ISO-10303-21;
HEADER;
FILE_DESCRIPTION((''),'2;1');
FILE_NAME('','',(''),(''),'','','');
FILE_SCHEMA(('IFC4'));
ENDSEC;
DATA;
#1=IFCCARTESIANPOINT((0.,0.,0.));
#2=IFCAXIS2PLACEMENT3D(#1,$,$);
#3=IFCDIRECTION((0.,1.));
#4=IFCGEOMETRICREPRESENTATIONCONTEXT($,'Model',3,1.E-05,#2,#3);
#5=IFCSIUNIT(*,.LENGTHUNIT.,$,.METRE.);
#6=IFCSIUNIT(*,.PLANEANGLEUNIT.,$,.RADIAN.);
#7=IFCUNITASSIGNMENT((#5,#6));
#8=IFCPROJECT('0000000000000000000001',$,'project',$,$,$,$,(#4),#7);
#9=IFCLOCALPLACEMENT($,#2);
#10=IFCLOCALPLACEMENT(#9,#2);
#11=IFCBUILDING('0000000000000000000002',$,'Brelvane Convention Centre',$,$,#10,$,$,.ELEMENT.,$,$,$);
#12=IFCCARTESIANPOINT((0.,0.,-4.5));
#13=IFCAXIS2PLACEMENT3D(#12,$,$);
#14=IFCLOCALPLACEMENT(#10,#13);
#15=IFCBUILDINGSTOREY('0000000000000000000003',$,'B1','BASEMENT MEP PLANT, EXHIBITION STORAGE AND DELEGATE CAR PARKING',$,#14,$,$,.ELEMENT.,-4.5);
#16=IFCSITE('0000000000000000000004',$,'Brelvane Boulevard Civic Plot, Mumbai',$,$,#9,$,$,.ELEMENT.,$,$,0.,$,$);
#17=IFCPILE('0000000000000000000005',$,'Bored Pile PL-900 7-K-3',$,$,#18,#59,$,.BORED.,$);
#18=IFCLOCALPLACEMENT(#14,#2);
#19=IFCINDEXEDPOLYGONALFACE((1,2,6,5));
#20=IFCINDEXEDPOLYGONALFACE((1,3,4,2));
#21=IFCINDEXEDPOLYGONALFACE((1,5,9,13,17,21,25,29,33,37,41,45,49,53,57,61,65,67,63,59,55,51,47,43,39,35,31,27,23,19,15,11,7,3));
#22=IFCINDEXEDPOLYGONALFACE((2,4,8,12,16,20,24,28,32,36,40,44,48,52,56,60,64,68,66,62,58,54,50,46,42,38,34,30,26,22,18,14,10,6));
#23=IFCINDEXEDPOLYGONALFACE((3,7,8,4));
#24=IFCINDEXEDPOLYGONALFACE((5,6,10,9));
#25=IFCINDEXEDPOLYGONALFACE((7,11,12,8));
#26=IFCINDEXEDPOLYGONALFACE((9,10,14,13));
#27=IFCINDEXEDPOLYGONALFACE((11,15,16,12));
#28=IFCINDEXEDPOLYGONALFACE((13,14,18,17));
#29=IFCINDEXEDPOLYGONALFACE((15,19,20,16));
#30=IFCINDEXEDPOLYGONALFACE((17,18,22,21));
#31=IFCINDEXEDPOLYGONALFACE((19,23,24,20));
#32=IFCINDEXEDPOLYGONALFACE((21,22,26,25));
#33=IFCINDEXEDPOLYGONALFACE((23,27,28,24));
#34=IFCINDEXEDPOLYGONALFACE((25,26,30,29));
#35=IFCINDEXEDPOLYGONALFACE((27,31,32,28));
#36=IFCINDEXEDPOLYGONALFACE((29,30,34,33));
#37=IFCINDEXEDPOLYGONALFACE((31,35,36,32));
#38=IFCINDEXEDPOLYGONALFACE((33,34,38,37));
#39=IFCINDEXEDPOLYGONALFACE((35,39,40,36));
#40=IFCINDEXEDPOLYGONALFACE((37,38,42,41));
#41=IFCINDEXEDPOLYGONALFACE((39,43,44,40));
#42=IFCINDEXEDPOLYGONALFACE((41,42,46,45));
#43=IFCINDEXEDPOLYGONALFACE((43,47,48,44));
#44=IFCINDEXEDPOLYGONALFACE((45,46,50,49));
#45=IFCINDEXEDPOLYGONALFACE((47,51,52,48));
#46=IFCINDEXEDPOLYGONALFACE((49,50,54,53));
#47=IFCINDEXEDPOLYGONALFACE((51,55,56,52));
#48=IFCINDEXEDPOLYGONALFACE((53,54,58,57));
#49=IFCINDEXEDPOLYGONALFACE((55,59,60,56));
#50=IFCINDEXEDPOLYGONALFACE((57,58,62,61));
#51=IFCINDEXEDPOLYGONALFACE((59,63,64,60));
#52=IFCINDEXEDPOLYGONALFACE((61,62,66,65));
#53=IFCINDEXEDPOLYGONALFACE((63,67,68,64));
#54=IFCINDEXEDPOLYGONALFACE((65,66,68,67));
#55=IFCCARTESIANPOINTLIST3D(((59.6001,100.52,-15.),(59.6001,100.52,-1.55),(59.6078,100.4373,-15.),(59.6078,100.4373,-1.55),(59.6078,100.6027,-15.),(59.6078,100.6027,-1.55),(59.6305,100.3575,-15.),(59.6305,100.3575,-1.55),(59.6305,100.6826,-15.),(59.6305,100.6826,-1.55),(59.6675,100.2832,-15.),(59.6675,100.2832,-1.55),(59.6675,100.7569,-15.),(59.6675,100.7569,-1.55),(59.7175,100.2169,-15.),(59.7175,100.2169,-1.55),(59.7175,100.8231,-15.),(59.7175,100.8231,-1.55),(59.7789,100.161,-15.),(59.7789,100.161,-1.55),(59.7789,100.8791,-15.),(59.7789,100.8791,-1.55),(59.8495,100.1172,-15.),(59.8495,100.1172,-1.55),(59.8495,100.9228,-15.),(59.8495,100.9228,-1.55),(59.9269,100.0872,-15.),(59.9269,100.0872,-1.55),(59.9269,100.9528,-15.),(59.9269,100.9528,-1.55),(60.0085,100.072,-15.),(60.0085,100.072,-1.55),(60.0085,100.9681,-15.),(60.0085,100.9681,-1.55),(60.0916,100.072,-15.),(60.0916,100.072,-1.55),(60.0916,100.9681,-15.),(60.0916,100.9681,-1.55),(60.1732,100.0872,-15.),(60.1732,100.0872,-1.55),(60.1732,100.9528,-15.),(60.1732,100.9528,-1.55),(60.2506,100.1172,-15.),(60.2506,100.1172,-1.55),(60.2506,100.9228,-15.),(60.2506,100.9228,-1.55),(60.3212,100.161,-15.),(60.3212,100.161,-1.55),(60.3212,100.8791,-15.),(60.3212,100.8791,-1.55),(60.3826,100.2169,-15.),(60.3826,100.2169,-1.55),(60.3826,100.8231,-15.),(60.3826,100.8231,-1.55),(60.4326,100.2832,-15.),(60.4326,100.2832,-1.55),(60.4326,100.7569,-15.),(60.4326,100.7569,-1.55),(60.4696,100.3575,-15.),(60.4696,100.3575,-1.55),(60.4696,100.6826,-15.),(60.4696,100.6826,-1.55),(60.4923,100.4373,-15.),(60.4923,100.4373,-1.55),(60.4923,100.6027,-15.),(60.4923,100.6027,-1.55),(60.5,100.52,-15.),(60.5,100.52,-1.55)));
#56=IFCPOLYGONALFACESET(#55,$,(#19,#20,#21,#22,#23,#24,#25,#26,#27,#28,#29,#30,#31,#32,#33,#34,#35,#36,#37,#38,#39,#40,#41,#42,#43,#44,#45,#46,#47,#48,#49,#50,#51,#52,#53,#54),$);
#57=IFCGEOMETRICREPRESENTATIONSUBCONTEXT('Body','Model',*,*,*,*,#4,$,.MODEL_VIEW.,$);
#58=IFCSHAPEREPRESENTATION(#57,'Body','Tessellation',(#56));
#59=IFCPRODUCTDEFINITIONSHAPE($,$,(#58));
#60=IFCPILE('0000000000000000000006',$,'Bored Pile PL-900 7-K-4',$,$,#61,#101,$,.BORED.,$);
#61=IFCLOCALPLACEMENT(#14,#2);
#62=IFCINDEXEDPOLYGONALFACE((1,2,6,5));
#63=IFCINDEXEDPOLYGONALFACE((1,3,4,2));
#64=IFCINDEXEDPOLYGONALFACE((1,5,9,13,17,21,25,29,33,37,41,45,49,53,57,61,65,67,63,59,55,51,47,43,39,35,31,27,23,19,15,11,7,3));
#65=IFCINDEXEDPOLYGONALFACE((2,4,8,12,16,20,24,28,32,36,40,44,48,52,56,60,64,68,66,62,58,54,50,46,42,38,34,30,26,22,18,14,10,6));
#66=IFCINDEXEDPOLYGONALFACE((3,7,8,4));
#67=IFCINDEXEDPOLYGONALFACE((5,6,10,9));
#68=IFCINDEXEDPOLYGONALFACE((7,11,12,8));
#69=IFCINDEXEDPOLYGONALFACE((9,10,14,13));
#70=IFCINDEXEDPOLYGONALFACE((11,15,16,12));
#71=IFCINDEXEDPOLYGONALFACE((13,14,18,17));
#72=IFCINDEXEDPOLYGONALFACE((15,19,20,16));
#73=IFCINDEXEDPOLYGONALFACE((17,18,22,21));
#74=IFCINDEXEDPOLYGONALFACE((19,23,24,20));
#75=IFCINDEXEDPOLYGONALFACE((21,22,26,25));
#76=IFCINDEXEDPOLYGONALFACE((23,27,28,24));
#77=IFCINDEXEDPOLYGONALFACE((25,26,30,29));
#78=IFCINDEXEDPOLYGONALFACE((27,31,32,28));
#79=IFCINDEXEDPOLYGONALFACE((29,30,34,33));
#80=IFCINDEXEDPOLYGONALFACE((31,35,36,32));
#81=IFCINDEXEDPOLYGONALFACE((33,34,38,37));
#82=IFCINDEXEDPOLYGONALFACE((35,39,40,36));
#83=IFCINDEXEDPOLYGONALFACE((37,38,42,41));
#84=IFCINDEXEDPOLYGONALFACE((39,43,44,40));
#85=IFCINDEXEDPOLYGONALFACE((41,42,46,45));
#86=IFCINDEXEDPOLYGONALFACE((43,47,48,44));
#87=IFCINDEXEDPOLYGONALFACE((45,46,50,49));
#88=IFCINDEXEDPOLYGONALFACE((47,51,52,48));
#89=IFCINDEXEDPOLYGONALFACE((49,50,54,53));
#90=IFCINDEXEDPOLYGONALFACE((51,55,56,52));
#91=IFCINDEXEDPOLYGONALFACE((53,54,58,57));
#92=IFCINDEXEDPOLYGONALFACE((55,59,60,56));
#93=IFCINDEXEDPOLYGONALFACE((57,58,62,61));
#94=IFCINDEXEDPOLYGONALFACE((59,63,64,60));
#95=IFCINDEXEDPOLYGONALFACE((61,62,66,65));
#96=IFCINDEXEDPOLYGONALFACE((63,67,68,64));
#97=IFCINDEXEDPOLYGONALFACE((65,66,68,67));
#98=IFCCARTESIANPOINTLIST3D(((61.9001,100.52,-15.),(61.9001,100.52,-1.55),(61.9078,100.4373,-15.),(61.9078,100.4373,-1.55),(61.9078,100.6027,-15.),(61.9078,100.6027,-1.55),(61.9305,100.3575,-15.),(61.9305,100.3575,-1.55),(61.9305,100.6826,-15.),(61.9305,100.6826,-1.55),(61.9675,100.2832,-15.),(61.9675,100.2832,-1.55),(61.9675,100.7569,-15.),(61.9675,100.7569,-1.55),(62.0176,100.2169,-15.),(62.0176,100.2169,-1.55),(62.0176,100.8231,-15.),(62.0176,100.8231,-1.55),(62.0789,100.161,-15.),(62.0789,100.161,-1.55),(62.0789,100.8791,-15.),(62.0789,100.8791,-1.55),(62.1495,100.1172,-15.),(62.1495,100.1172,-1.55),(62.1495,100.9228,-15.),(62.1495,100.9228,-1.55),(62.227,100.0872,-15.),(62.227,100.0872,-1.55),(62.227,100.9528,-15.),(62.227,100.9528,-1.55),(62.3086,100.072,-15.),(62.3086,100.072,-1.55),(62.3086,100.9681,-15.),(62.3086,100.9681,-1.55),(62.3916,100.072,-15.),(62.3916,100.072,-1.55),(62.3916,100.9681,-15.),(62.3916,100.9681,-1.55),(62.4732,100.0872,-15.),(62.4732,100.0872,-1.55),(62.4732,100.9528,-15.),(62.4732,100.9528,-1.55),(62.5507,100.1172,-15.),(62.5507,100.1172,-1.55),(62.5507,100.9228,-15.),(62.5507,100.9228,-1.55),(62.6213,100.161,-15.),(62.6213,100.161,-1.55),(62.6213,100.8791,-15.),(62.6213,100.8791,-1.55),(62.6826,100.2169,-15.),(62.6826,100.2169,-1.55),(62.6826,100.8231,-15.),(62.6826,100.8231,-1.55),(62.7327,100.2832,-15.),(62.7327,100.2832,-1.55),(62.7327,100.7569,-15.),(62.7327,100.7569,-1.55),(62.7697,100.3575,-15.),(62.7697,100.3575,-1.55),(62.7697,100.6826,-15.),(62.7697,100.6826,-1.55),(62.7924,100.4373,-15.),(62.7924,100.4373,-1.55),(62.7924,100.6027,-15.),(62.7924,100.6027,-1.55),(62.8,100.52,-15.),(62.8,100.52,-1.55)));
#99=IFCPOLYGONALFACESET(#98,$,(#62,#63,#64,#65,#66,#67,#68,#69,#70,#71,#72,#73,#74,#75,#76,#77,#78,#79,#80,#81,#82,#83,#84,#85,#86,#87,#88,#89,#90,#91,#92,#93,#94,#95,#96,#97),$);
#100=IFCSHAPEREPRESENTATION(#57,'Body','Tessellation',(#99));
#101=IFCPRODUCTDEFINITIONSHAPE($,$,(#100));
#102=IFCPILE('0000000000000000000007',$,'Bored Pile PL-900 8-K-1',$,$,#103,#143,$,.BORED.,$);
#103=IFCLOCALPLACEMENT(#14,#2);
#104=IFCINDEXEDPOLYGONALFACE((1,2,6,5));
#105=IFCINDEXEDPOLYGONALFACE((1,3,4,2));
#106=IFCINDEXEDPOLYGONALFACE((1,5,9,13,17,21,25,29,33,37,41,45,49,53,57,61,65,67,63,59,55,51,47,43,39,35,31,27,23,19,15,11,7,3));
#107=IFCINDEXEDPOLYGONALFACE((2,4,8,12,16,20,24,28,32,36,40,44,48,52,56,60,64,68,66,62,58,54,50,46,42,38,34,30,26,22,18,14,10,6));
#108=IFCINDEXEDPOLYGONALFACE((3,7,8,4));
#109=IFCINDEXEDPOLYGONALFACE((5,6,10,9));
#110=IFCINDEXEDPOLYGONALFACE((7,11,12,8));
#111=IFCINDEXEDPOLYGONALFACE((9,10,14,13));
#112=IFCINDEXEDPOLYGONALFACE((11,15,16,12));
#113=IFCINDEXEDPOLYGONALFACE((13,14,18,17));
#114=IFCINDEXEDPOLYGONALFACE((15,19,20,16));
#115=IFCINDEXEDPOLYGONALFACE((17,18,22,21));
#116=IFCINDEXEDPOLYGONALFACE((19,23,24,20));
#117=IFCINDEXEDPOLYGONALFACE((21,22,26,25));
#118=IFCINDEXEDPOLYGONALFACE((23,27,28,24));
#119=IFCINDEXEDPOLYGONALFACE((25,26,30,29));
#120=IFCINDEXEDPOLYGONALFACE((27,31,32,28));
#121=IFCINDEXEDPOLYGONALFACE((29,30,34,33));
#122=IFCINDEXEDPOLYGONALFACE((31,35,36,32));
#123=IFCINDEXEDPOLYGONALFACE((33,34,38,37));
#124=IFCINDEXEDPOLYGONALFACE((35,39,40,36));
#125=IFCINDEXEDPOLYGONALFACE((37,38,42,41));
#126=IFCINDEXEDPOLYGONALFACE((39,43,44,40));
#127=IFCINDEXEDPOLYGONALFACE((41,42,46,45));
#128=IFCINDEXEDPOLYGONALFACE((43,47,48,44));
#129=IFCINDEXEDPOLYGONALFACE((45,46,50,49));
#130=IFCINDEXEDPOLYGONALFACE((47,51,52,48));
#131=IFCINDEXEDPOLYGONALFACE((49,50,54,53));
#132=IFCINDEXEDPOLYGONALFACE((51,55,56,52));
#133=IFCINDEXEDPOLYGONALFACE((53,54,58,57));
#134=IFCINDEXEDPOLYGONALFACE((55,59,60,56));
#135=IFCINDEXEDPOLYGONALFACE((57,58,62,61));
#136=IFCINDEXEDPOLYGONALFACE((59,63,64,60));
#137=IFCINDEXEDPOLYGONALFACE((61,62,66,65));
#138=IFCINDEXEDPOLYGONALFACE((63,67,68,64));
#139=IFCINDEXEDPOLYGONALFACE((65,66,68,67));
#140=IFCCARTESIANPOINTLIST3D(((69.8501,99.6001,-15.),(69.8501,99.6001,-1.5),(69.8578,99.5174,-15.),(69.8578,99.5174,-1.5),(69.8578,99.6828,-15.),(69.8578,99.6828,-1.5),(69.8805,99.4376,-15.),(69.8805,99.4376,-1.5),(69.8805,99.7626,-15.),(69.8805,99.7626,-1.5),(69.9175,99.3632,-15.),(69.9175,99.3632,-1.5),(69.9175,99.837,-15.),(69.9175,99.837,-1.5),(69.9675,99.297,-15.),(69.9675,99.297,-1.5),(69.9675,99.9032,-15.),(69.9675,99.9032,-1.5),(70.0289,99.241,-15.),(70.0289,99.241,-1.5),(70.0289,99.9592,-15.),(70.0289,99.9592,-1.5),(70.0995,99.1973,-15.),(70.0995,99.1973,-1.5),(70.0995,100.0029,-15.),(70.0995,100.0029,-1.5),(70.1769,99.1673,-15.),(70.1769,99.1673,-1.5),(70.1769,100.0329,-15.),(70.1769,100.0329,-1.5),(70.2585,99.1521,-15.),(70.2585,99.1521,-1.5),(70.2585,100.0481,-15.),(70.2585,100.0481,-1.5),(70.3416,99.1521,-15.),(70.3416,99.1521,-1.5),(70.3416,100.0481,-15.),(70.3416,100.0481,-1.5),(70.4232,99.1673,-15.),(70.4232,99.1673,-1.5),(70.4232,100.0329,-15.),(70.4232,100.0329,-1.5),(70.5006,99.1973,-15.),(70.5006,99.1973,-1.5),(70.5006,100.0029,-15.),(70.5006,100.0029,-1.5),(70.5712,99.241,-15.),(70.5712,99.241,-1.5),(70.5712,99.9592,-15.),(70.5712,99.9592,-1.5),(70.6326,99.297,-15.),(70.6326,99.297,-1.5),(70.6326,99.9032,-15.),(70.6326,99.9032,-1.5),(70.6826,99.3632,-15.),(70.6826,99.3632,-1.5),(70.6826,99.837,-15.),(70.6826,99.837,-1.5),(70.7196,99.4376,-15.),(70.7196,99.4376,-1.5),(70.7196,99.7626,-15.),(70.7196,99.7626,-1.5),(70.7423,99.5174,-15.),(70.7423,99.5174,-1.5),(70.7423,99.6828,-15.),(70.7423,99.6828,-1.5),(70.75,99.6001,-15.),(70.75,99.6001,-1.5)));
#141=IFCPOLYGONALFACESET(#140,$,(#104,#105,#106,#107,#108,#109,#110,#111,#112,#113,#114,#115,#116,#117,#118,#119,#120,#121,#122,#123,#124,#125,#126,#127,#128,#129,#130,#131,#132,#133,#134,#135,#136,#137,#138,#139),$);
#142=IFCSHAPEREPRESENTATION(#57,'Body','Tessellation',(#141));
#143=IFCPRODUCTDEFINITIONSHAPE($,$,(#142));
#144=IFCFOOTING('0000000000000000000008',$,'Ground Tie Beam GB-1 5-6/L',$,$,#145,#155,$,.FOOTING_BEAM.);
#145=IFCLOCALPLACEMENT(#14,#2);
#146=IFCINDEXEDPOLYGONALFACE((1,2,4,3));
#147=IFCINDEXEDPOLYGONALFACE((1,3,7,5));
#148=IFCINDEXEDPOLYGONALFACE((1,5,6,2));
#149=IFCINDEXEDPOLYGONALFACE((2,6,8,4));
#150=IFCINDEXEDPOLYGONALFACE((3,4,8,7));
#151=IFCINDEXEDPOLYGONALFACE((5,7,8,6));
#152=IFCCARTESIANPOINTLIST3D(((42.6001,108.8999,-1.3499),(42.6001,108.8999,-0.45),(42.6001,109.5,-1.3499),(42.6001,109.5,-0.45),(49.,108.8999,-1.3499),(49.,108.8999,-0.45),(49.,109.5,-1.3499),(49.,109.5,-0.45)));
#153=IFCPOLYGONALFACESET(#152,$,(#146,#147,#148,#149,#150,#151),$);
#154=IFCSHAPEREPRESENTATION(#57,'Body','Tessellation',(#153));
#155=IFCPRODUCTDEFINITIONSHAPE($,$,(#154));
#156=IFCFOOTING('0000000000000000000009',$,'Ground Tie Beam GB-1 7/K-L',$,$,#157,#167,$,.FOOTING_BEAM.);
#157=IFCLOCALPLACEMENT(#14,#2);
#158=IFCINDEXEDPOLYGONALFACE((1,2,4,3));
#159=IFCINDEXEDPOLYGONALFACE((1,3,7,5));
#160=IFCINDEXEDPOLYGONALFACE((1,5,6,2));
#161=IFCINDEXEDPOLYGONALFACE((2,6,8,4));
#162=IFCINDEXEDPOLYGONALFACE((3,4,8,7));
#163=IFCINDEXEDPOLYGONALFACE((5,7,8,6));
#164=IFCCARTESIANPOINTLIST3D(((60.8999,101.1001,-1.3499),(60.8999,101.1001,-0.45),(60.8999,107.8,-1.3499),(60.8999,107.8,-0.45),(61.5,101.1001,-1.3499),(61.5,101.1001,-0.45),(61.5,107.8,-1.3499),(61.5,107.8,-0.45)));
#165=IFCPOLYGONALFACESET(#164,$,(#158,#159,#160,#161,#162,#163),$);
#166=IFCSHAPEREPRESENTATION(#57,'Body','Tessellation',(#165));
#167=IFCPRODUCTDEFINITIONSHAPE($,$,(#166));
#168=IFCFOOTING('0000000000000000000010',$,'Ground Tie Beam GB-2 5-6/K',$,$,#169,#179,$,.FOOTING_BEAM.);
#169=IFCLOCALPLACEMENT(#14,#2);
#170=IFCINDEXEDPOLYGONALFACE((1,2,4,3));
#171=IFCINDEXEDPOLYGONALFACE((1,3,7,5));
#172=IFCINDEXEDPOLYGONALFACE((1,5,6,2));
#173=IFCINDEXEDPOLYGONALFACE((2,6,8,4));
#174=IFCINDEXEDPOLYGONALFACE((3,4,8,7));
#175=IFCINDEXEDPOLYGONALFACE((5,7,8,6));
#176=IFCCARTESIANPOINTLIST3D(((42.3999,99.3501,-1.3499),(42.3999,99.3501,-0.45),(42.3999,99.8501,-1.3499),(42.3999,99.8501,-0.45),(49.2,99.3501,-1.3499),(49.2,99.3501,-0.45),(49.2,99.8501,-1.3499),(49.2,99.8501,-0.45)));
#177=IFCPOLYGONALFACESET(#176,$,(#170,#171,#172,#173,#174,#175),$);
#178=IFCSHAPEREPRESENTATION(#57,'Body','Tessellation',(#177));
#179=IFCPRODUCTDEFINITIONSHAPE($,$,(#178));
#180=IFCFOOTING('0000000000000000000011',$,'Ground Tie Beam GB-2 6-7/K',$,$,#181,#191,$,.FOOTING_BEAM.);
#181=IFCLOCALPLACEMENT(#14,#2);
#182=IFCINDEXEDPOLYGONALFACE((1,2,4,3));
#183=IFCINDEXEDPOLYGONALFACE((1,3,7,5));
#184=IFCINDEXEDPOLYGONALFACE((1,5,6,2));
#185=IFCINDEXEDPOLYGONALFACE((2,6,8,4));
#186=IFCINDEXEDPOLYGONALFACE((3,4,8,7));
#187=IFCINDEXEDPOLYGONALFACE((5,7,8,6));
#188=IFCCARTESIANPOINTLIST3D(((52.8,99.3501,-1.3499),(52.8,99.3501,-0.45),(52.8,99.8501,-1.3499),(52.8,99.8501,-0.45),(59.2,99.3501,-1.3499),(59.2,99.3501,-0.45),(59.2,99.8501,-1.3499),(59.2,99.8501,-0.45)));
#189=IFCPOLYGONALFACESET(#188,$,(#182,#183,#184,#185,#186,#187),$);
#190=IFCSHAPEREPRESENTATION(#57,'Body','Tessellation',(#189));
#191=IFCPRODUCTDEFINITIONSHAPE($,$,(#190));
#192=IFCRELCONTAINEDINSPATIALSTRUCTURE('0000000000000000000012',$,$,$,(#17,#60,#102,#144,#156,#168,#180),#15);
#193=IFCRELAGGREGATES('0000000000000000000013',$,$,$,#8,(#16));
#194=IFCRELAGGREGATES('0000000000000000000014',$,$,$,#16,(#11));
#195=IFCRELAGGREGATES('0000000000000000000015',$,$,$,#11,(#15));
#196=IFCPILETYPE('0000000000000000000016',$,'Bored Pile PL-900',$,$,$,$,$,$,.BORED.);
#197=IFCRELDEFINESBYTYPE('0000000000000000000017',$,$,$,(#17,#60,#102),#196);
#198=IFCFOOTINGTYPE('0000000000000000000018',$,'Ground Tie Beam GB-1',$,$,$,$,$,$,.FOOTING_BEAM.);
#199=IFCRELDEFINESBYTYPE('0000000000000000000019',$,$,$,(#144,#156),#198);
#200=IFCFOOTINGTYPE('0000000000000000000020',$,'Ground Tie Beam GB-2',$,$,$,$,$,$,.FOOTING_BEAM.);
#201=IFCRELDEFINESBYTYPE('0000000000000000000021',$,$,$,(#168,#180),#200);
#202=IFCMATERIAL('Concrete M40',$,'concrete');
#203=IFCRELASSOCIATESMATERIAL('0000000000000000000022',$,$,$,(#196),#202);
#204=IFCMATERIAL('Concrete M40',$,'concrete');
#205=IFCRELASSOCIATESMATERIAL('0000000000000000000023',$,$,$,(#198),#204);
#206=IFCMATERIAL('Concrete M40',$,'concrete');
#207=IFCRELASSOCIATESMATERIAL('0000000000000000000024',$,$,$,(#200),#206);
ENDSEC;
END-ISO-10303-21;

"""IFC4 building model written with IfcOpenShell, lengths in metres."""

from ifc_helpers import new_model, si_unit, direction, frame, origin, origin_2d, place, context, subcontext, project, spatial, rectangle, circle, extrude, material, material_profile, profile_set, type_object, element, save


model = new_model("IFC4")

# Units and contexts
model_context = context("Model", 3, precision=1e-05, world=origin(), true_north=direction((0.0, 1.0)))
body_context = subcontext(model_context, "Body", "Model", "MODEL_VIEW")
ifc_project = project(units=[si_unit("LENGTHUNIT", "METRE"), si_unit("PLANEANGLEUNIT", "RADIAN")], contexts=[model_context])

# Site, building, storey
site_placement = place(None, origin())
site = spatial("IfcSite", under=ifc_project, at=site_placement, Name="Brelvane Boulevard Civic Plot, Mumbai", CompositionType="ELEMENT", RefElevation=0.0)
building_placement = place(site_placement, origin())
building = spatial("IfcBuilding", under=site, at=building_placement, Name="Brelvane Convention Centre", CompositionType="ELEMENT")
storey_placement = place(building_placement, frame((0.0, 0.0, -4.5)))
storey = spatial("IfcBuildingStorey", under=building, at=storey_placement, Name="B1", Description="BASEMENT MEP PLANT, EXHIBITION STORAGE AND DELEGATE CAR PARKING", CompositionType="ELEMENT", Elevation=-4.5)

# Piles
ifc_material_1 = material(Name="Concrete M40", Category="concrete")
ifc_material_profile_1 = material_profile(ifc_material_1, circle(Radius=0.45, at=origin_2d()), Name="PILE D900")
ifc_profile_set_1 = profile_set([ifc_material_profile_1], Name="Concrete M40")
pile_type = type_object("IfcPileType", Name="Bored Pile PL-900", PredefinedType="BORED", material=ifc_profile_set_1)
for number, where, z_axis, x_axis, name in (
    (1, (60.05, 100.52, -1.55), (0.0, 0.0, -1.0), (1.0, 0.0, 0.0), "Bored Pile PL-900 7-K-3"),
    (2, (62.3501, 100.52, -1.55), (0.0, 0.0, -1.0), (1.0, 0.0, 0.0), "Bored Pile PL-900 7-K-4"),
):
    element("IfcPile", number, at=place(storey_placement, frame(where, z_axis=z_axis, x_axis=x_axis)), inside=storey, type_object=pile_type, Name=name, PredefinedType="BORED", context=body_context, shape_type="SweptSolid", body=[
        extrude(circle(Radius=0.45, at=origin_2d()), origin(), (0.0, 0.0, 1.0), 13.45),
    ])
pile_placement = place(storey_placement, frame((70.3, 99.6001, -1.5), z_axis=(0.0, 0.0, -1.0), x_axis=(1.0, 0.0, 0.0)))
element("IfcPile", 3, at=pile_placement, inside=storey, type_object=pile_type, Name="Bored Pile PL-900 8-K-1", PredefinedType="BORED", context=body_context, shape_type="SweptSolid", body=[
    extrude(circle(Radius=0.45, at=origin_2d()), origin(), (0.0, 0.0, 1.0), 13.5),
])

# Footings
ifc_material_2 = material(Name="Concrete M40", Category="concrete")
ifc_material_profile_2 = material_profile(ifc_material_2, rectangle(XDim=0.6001, YDim=0.8999, at=origin_2d()), Name="RC 600x900")
ifc_profile_set_2 = profile_set([ifc_material_profile_2], Name="Concrete M40")
footing_type_1 = type_object("IfcFootingType", Name="Ground Tie Beam GB-1", PredefinedType="FOOTING_BEAM", material=ifc_profile_set_2)
footing_1_placement = place(storey_placement, frame((42.6001, 109.2, -0.8999), z_axis=(1.0, 0.0, 0.0), x_axis=(0.0, 1.0, 0.0)))
element("IfcFooting", 4, at=footing_1_placement, inside=storey, type_object=footing_type_1, Name="Ground Tie Beam GB-1 5-6/L", PredefinedType="FOOTING_BEAM", context=body_context, shape_type="SweptSolid", body=[
    extrude(rectangle(XDim=0.6001, YDim=0.8999, at=origin_2d()), origin(), (0.0, 0.0, 1.0), 6.3999),
])
footing_2_placement = place(storey_placement, frame((61.2, 101.1001, -0.8999), z_axis=(0.0, 1.0, 0.0), x_axis=(-1.0, 0.0, 0.0)))
element("IfcFooting", 5, at=footing_2_placement, inside=storey, type_object=footing_type_1, Name="Ground Tie Beam GB-1 7/K-L", PredefinedType="FOOTING_BEAM", context=body_context, shape_type="SweptSolid", body=[
    extrude(rectangle(XDim=0.6001, YDim=0.8999, at=origin_2d()), origin(), (0.0, 0.0, 1.0), 6.7),
])
ifc_material_3 = material(Name="Concrete M40", Category="concrete")
ifc_material_profile_3 = material_profile(ifc_material_3, rectangle(XDim=0.5, YDim=0.8999, at=origin_2d()), Name="RC 500x900")
ifc_profile_set_3 = profile_set([ifc_material_profile_3], Name="Concrete M40")
footing_type_2 = type_object("IfcFootingType", Name="Ground Tie Beam GB-2", PredefinedType="FOOTING_BEAM", material=ifc_profile_set_3)
footing_3_placement = place(storey_placement, frame((42.3999, 99.6001, -0.8999), z_axis=(1.0, 0.0, 0.0), x_axis=(0.0, 1.0, 0.0)))
element("IfcFooting", 6, at=footing_3_placement, inside=storey, type_object=footing_type_2, Name="Ground Tie Beam GB-2 5-6/K", PredefinedType="FOOTING_BEAM", context=body_context, shape_type="SweptSolid", body=[
    extrude(rectangle(XDim=0.5, YDim=0.8999, at=origin_2d()), origin(), (0.0, 0.0, 1.0), 6.8),
])
footing_4_placement = place(storey_placement, frame((52.8, 99.6001, -0.8999), z_axis=(1.0, 0.0, 0.0), x_axis=(0.0, 1.0, 0.0)))
element("IfcFooting", 7, at=footing_4_placement, inside=storey, type_object=footing_type_2, Name="Ground Tie Beam GB-2 6-7/K", PredefinedType="FOOTING_BEAM", context=body_context, shape_type="SweptSolid", body=[
    extrude(rectangle(XDim=0.5, YDim=0.8999, at=origin_2d()), origin(), (0.0, 0.0, 1.0), 6.3999),
])

save(model, "model.ifc")
